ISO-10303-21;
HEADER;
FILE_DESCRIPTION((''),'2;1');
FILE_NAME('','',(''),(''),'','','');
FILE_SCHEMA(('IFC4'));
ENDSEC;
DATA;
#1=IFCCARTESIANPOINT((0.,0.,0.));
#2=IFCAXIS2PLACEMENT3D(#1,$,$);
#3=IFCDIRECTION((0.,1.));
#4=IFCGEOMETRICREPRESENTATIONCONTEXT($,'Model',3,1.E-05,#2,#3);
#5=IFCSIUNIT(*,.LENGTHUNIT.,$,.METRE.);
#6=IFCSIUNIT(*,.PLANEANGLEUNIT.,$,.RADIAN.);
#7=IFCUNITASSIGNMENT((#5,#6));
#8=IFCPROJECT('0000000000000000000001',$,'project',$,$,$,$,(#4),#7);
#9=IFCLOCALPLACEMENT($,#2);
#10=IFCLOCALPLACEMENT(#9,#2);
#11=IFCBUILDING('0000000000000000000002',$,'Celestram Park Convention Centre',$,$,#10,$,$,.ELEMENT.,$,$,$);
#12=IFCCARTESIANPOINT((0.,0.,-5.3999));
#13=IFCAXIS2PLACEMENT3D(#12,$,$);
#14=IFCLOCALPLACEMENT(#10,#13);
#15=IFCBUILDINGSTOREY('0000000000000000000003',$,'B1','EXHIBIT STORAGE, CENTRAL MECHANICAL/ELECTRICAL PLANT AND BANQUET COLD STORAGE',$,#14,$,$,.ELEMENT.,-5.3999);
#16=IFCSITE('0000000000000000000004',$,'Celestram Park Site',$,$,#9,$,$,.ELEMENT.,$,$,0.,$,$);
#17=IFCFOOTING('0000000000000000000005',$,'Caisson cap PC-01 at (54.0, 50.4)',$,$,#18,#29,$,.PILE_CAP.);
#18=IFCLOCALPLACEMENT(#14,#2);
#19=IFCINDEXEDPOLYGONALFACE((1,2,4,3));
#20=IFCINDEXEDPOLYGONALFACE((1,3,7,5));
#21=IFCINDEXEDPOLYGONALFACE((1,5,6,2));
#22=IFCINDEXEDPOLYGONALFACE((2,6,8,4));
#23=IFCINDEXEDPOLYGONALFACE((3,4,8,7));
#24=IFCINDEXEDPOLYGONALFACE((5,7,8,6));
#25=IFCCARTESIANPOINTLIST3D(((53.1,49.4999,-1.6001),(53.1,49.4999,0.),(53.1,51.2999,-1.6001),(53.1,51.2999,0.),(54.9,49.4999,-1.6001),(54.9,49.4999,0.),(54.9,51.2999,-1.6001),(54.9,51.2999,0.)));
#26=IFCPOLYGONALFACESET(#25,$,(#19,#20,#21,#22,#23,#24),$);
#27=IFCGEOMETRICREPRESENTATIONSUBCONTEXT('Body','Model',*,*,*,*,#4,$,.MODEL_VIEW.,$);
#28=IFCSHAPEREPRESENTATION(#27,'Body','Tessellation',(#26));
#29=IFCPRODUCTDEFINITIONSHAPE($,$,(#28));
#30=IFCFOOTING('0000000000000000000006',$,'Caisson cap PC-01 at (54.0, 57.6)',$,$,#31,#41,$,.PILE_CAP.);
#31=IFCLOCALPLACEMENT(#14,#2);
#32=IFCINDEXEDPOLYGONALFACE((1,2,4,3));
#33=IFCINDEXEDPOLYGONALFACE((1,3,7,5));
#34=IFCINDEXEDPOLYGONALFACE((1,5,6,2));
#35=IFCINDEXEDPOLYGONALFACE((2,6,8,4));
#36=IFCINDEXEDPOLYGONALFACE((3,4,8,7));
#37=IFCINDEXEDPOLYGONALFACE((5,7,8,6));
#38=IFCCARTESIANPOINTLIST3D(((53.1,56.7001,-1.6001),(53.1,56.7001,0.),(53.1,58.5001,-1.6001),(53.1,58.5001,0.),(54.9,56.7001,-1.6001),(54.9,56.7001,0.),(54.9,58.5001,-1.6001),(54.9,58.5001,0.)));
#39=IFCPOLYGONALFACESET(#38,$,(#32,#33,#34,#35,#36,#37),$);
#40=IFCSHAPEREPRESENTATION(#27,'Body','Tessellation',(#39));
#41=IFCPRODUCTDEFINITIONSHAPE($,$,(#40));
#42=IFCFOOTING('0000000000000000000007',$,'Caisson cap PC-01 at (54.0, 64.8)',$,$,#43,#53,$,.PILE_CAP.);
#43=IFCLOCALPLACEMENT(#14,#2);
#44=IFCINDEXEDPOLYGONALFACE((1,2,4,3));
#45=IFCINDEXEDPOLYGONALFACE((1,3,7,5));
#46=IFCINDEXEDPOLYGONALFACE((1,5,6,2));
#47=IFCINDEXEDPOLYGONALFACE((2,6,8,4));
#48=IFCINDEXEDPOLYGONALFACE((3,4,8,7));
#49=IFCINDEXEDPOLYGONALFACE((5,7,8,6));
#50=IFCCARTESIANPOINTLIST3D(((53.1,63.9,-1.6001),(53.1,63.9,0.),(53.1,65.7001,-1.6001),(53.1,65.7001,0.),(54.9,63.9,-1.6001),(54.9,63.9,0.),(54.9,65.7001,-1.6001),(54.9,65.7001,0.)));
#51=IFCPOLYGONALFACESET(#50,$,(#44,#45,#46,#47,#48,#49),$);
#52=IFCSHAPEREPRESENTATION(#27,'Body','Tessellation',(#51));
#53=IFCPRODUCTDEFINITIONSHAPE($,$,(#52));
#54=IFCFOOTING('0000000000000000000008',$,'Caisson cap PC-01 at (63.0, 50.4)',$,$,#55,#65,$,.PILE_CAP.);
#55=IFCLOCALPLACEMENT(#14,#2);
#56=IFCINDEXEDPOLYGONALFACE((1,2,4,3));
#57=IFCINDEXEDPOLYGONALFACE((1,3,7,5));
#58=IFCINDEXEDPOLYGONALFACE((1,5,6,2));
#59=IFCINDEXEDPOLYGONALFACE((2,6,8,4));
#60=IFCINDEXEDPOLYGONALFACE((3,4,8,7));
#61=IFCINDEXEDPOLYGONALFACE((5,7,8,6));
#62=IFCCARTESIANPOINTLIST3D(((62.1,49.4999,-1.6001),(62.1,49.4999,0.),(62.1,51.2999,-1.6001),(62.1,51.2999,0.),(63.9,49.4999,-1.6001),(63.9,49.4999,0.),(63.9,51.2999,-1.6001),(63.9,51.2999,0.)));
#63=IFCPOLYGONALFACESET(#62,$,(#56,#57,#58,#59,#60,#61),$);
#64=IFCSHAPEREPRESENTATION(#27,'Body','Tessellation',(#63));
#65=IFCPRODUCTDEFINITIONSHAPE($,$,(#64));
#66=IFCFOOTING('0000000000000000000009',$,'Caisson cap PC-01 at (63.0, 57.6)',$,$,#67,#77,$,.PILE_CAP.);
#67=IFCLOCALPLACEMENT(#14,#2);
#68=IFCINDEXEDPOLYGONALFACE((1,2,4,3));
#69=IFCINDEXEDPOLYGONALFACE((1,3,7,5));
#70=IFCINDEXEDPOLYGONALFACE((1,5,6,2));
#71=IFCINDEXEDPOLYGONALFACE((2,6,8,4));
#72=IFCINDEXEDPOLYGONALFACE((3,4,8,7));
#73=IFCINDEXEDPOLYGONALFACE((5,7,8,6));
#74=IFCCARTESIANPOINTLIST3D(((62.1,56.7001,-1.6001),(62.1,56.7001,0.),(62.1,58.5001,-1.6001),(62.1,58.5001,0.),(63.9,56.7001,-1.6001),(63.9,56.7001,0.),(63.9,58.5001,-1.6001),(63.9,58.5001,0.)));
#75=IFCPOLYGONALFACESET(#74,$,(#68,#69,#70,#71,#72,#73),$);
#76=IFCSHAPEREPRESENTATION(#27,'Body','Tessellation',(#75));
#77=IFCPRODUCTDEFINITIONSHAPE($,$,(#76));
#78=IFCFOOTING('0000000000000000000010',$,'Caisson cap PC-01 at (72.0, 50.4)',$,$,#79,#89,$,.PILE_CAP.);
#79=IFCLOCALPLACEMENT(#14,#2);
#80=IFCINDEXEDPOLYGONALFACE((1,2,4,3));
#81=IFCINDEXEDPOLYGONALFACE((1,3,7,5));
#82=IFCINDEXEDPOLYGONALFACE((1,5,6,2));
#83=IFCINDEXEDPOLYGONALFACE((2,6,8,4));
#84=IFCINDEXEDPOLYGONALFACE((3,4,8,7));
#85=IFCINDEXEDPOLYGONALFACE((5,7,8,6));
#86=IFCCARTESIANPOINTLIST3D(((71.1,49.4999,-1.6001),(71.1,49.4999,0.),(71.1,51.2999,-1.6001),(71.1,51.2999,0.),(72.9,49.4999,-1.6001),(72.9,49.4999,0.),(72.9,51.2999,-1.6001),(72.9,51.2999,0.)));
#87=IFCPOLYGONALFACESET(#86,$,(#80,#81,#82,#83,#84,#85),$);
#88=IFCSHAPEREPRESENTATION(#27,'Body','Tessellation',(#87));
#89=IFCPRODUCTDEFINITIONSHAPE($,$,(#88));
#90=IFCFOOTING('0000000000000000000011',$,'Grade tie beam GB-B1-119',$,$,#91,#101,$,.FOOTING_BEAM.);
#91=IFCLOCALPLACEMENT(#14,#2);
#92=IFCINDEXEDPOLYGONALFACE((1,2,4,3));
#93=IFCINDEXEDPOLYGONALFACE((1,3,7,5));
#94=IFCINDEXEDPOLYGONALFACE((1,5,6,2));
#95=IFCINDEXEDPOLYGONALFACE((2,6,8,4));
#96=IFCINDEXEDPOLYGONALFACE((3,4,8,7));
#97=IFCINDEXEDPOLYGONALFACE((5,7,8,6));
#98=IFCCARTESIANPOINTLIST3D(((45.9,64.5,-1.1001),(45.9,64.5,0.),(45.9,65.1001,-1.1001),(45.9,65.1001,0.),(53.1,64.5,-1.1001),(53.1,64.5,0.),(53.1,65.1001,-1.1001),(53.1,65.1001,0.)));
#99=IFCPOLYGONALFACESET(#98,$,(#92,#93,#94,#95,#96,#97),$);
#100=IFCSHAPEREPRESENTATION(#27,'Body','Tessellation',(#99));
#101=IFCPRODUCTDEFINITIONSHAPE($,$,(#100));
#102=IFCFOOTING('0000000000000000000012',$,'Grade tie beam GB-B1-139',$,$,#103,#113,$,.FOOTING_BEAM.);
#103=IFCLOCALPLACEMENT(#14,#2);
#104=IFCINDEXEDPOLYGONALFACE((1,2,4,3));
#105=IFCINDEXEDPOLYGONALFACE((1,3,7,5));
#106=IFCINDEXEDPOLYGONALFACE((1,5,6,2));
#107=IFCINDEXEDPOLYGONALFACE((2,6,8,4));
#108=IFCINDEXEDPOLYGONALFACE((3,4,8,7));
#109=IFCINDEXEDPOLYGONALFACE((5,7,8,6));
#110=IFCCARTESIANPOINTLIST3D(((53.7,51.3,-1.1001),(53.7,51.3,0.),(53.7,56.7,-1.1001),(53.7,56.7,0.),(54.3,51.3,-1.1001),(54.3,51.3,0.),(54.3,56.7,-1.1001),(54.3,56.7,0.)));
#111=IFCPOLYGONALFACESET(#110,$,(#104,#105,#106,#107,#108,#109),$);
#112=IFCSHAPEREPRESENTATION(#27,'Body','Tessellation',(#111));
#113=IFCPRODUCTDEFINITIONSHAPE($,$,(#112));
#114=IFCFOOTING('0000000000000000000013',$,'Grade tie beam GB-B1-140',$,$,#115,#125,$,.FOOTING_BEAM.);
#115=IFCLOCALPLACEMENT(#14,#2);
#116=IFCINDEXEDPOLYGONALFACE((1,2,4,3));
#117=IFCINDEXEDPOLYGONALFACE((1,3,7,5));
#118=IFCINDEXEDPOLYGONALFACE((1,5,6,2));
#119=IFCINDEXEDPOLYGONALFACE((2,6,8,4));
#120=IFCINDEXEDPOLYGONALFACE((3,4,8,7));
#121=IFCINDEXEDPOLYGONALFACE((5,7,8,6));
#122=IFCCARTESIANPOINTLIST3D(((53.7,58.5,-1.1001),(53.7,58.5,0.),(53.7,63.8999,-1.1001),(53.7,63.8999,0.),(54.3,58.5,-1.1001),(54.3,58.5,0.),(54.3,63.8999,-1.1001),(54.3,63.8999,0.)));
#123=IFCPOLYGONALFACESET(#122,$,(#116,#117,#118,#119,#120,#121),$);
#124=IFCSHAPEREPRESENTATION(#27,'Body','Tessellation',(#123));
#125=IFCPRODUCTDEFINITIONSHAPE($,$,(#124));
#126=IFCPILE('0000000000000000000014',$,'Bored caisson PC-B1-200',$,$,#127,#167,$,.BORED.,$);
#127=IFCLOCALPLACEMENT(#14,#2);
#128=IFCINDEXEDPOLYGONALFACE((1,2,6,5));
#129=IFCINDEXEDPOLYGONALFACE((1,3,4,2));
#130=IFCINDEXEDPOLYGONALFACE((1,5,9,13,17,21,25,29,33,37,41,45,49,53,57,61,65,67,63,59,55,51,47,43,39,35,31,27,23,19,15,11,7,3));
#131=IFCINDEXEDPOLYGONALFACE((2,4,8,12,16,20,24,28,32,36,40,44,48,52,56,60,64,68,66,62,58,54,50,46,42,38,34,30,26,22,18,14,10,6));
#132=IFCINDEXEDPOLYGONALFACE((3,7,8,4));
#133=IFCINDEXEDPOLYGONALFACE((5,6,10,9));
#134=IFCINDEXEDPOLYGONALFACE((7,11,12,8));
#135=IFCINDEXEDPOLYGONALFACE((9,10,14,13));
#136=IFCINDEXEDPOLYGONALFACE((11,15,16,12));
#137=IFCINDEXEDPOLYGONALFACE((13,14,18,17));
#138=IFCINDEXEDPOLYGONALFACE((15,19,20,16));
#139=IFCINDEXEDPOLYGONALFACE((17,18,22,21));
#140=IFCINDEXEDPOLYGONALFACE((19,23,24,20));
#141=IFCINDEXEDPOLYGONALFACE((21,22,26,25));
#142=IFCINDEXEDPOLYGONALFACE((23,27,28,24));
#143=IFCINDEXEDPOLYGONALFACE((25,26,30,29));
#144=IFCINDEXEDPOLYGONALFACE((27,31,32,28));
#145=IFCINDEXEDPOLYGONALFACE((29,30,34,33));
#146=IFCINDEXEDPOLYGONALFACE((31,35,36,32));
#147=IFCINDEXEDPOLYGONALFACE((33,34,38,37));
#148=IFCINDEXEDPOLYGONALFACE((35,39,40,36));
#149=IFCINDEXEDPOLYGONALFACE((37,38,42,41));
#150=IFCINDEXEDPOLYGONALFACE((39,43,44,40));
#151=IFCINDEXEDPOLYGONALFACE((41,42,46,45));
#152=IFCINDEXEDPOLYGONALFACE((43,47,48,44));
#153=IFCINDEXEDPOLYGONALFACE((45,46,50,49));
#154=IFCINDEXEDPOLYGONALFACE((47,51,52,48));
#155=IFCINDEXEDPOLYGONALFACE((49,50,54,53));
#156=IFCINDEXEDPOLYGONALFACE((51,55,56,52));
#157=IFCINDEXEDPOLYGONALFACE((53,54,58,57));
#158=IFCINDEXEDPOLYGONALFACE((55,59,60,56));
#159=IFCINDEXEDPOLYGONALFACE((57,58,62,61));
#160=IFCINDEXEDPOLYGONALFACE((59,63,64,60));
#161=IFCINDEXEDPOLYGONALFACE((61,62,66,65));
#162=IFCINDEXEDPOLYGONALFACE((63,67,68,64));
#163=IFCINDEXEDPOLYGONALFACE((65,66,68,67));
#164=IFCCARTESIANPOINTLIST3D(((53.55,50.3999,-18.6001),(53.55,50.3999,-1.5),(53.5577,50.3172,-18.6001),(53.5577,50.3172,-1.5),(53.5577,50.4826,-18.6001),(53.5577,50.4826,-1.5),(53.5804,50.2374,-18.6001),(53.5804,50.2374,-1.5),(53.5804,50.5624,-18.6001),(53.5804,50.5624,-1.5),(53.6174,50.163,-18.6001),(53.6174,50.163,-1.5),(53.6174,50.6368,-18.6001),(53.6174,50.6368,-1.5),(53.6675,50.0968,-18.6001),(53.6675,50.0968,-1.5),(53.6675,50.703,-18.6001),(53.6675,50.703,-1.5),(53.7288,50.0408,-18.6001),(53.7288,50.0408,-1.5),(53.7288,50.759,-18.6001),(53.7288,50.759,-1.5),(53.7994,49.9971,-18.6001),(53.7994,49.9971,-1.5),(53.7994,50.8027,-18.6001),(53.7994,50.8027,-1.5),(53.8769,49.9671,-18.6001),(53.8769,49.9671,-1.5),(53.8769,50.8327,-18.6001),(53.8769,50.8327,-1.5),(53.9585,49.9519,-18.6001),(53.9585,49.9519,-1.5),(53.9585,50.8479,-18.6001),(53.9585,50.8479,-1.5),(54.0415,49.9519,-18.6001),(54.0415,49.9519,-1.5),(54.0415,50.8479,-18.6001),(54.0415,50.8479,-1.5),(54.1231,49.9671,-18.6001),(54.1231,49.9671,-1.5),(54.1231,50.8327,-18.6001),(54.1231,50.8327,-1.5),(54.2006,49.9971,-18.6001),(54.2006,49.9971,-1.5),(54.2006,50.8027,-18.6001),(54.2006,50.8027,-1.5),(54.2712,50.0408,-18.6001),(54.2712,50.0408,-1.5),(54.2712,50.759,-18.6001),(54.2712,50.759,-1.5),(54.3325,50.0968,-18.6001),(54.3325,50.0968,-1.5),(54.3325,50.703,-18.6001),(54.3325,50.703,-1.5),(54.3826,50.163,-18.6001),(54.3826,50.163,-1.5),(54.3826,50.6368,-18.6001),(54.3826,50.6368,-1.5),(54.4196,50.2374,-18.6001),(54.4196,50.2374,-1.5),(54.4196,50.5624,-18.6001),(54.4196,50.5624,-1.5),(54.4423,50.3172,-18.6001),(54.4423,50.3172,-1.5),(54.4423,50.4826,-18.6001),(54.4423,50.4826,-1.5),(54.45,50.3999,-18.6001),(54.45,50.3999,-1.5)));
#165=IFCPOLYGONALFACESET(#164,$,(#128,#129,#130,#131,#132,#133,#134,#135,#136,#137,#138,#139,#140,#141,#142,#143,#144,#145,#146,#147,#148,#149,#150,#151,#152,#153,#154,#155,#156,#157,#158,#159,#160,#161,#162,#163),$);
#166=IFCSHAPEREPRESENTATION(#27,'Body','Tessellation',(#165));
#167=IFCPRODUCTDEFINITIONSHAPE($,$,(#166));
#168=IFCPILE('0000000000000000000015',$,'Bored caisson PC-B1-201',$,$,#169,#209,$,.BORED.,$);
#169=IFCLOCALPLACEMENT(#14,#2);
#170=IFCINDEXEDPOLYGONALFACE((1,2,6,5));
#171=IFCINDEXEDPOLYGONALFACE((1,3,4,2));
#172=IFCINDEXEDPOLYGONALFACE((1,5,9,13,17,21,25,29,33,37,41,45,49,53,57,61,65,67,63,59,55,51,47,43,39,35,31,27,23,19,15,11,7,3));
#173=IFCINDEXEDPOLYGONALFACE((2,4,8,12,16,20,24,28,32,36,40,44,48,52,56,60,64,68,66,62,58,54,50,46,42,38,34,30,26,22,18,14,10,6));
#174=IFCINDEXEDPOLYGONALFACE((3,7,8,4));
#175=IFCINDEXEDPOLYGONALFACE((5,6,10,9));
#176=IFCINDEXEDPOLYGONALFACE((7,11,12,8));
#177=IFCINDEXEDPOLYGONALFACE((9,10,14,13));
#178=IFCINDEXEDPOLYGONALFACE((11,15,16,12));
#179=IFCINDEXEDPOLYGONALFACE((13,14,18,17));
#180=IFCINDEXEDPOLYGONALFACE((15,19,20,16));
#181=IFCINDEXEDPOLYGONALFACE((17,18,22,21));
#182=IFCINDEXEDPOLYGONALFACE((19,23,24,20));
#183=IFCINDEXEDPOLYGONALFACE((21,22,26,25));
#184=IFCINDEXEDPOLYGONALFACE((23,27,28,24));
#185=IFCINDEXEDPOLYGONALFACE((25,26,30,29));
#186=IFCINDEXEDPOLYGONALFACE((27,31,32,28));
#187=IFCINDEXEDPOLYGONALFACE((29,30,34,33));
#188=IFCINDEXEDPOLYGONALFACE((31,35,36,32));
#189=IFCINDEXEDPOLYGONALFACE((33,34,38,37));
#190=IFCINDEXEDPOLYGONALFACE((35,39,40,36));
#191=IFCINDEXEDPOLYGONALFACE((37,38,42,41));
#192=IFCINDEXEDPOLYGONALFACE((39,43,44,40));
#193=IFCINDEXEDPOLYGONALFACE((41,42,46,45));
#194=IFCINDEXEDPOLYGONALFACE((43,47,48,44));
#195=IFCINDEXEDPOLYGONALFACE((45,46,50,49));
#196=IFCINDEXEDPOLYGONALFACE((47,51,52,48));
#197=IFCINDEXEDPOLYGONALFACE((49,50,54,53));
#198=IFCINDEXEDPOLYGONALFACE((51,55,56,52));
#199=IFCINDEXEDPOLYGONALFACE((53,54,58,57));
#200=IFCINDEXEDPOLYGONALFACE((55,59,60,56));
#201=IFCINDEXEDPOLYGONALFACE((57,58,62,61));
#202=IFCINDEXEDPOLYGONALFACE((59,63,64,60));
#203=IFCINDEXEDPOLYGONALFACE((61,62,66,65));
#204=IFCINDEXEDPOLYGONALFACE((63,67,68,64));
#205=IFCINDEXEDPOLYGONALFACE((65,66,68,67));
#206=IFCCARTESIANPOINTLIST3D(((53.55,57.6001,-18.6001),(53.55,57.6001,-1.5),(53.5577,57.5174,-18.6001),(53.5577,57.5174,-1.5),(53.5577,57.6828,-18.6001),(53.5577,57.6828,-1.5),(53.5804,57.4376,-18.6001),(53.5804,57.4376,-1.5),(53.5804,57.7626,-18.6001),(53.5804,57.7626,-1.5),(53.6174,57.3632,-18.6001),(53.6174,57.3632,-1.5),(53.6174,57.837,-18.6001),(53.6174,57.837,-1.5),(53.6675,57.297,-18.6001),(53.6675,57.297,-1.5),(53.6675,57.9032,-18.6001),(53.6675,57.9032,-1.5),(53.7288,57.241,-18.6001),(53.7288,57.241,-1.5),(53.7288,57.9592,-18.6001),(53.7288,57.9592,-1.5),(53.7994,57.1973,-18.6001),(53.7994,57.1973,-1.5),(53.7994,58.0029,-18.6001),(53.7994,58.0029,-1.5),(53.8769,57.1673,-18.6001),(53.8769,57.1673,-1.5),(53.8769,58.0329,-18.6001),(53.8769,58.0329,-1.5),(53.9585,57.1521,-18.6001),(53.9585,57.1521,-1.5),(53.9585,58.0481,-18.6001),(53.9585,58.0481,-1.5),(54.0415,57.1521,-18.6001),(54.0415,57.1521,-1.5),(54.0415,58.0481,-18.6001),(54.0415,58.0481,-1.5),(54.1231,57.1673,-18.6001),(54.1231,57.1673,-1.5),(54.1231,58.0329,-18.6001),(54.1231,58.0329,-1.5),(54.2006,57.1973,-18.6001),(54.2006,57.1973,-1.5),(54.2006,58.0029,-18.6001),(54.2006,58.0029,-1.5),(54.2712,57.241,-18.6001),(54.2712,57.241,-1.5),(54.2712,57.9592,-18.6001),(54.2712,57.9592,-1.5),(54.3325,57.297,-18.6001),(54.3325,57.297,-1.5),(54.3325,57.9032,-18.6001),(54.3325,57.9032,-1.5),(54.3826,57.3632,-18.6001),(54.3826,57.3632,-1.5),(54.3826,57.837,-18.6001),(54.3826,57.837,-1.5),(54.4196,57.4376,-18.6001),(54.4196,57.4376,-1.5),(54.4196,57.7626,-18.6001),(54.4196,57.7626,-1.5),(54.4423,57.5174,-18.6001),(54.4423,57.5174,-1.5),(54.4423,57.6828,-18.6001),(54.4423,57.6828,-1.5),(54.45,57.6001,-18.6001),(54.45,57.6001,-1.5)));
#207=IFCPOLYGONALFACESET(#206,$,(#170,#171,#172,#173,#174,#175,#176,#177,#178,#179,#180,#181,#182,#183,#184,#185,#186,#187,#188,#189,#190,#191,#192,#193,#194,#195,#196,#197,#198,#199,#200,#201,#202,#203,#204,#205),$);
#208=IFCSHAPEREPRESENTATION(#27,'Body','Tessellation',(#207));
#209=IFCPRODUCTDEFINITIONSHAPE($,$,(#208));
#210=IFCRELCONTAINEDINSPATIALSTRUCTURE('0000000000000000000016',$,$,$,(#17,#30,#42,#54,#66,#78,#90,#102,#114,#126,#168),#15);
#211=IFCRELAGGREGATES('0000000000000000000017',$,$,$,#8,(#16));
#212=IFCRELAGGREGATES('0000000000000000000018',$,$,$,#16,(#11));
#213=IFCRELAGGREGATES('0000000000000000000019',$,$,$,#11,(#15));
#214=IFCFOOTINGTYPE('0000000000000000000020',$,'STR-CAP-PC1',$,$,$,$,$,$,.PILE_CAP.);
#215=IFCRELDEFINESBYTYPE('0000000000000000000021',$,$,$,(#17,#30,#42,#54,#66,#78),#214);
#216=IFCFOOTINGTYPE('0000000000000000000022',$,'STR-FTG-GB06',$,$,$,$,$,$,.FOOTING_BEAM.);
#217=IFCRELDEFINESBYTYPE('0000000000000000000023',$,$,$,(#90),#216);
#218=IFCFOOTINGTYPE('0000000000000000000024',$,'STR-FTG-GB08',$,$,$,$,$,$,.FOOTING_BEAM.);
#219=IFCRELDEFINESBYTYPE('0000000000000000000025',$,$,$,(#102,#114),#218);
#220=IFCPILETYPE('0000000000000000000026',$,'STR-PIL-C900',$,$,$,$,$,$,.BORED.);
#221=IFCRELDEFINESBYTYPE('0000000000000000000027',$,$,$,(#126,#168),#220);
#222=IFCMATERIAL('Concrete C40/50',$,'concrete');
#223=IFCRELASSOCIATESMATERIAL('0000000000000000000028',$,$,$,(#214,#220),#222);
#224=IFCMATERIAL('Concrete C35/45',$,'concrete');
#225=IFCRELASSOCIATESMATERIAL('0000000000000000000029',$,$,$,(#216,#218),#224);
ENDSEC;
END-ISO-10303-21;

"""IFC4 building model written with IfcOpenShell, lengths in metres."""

from ifc_helpers import new_model, si_unit, direction, frame, origin, origin_2d, place, context, subcontext, project, spatial, rectangle, circle, extrude, material, material_profile, profile_set, type_object, element, save


model = new_model("IFC4")

# Units and contexts
model_context = context("Model", 3, precision=1e-05, world=origin(), true_north=direction((0.0, 1.0)))
body_context = subcontext(model_context, "Body", "Model", "MODEL_VIEW")
ifc_project = project(units=[si_unit("LENGTHUNIT", "METRE"), si_unit("PLANEANGLEUNIT", "RADIAN")], contexts=[model_context])

# Site, building, storey
site_placement = place(None, origin())
site = spatial("IfcSite", under=ifc_project, at=site_placement, Name="Celestram Park Site", CompositionType="ELEMENT", RefElevation=0.0)
building_placement = place(site_placement, origin())
building = spatial("IfcBuilding", under=site, at=building_placement, Name="Celestram Park Convention Centre", CompositionType="ELEMENT")
storey_placement = place(building_placement, frame((0.0, 0.0, -5.3999)))
storey = spatial("IfcBuildingStorey", under=building, at=storey_placement, Name="B1", Description="EXHIBIT STORAGE, CENTRAL MECHANICAL/ELECTRICAL PLANT AND BANQUET COLD STORAGE", CompositionType="ELEMENT", Elevation=-5.3999)

# Footings
ifc_material_1 = material(Name="Concrete C40/50", Category="concrete")
footing_type_1 = type_object("IfcFootingType", Name="STR-CAP-PC1", PredefinedType="PILE_CAP", material=ifc_material_1)
for number, where, z_axis, x_axis, name in (
    (1, (54.0, 50.3999, -1.6001), (0.0, 0.0, 1.0), (1.0, 0.0, 0.0), "Caisson cap PC-01 at (54.0, 50.4)"),
    (2, (54.0, 57.6001, -1.6001), (0.0, 0.0, 1.0), (1.0, 0.0, 0.0), "Caisson cap PC-01 at (54.0, 57.6)"),
    (3, (54.0, 64.8, -1.6001), (0.0, 0.0, 1.0), (1.0, 0.0, 0.0), "Caisson cap PC-01 at (54.0, 64.8)"),
    (4, (63.0, 50.3999, -1.6001), (0.0, 0.0, 1.0), (1.0, 0.0, 0.0), "Caisson cap PC-01 at (63.0, 50.4)"),
    (5, (63.0, 57.6001, -1.6001), (0.0, 0.0, 1.0), (1.0, 0.0, 0.0), "Caisson cap PC-01 at (63.0, 57.6)"),
    (6, (72.0, 50.3999, -1.6001), (0.0, 0.0, 1.0), (1.0, 0.0, 0.0), "Caisson cap PC-01 at (72.0, 50.4)"),
):
    element("IfcFooting", number, at=place(storey_placement, frame(where, z_axis=z_axis, x_axis=x_axis)), inside=storey, type_object=footing_type_1, Name=name, PredefinedType="PILE_CAP", context=body_context, shape_type="SweptSolid", body=[
        extrude(rectangle(XDim=1.8, YDim=1.8, at=origin_2d()), origin(), (0.0, 0.0, 1.0), 1.6001),
    ])
ifc_material_2 = material(Name="Concrete C35/45", Category="concrete")
footing_type_2 = type_object("IfcFootingType", Name="STR-FTG-GB06", PredefinedType="FOOTING_BEAM", material=ifc_material_2)
footing_placement = place(storey_placement, frame((49.5, 64.8, -1.1001), z_axis=(0.0, 0.0, 1.0), x_axis=(1.0, 0.0, 0.0)))
element("IfcFooting", 7, at=footing_placement, inside=storey, type_object=footing_type_2, Name="Grade tie beam GB-B1-119", PredefinedType="FOOTING_BEAM", context=body_context, shape_type="SweptSolid", body=[
    extrude(rectangle(XDim=7.2, YDim=0.6001, at=origin_2d()), origin(), (0.0, 0.0, 1.0), 1.1001),
])
footing_type_3 = type_object("IfcFootingType", Name="STR-FTG-GB08", PredefinedType="FOOTING_BEAM", material=ifc_material_2)
for number, where, z_axis, x_axis, name in (
    (8, (54.0, 54.0, -1.1001), (0.0, 0.0, 1.0), (0.0, 1.0, 0.0), "Grade tie beam GB-B1-139"),
    (9, (54.0, 61.2, -1.1001), (0.0, 0.0, 1.0), (0.0, 1.0, 0.0), "Grade tie beam GB-B1-140"),
):
    element("IfcFooting", number, at=place(storey_placement, frame(where, z_axis=z_axis, x_axis=x_axis)), inside=storey, type_object=footing_type_3, Name=name, PredefinedType="FOOTING_BEAM", context=body_context, shape_type="SweptSolid", body=[
        extrude(rectangle(XDim=5.3999, YDim=0.6001, at=origin_2d()), origin(), (0.0, 0.0, 1.0), 1.1001),
    ])

# Piles
ifc_material_profile_1 = material_profile(ifc_material_1, circle(Radius=0.45, at=origin_2d()), Name="CAISSON900")
ifc_profile_set_1 = profile_set([ifc_material_profile_1], Name="Concrete C40/50")
pile_type = type_object("IfcPileType", Name="STR-PIL-C900", PredefinedType="BORED", material=ifc_profile_set_1)
for number, where, z_axis, x_axis, name in (
    (10, (54.0, 50.3999, -1.5), (0.0, 0.0, -1.0), (1.0, 0.0, 0.0), "Bored caisson PC-B1-200"),
    (11, (54.0, 57.6001, -1.5), (0.0, 0.0, -1.0), (1.0, 0.0, 0.0), "Bored caisson PC-B1-201"),
):
    element("IfcPile", number, at=place(storey_placement, frame(where, z_axis=z_axis, x_axis=x_axis)), inside=storey, type_object=pile_type, Name=name, PredefinedType="BORED", context=body_context, shape_type="SweptSolid", body=[
        extrude(circle(Radius=0.45, at=origin_2d()), origin(), (0.0, 0.0, 1.0), 17.1001),
    ])

save(model, "model.ifc")
